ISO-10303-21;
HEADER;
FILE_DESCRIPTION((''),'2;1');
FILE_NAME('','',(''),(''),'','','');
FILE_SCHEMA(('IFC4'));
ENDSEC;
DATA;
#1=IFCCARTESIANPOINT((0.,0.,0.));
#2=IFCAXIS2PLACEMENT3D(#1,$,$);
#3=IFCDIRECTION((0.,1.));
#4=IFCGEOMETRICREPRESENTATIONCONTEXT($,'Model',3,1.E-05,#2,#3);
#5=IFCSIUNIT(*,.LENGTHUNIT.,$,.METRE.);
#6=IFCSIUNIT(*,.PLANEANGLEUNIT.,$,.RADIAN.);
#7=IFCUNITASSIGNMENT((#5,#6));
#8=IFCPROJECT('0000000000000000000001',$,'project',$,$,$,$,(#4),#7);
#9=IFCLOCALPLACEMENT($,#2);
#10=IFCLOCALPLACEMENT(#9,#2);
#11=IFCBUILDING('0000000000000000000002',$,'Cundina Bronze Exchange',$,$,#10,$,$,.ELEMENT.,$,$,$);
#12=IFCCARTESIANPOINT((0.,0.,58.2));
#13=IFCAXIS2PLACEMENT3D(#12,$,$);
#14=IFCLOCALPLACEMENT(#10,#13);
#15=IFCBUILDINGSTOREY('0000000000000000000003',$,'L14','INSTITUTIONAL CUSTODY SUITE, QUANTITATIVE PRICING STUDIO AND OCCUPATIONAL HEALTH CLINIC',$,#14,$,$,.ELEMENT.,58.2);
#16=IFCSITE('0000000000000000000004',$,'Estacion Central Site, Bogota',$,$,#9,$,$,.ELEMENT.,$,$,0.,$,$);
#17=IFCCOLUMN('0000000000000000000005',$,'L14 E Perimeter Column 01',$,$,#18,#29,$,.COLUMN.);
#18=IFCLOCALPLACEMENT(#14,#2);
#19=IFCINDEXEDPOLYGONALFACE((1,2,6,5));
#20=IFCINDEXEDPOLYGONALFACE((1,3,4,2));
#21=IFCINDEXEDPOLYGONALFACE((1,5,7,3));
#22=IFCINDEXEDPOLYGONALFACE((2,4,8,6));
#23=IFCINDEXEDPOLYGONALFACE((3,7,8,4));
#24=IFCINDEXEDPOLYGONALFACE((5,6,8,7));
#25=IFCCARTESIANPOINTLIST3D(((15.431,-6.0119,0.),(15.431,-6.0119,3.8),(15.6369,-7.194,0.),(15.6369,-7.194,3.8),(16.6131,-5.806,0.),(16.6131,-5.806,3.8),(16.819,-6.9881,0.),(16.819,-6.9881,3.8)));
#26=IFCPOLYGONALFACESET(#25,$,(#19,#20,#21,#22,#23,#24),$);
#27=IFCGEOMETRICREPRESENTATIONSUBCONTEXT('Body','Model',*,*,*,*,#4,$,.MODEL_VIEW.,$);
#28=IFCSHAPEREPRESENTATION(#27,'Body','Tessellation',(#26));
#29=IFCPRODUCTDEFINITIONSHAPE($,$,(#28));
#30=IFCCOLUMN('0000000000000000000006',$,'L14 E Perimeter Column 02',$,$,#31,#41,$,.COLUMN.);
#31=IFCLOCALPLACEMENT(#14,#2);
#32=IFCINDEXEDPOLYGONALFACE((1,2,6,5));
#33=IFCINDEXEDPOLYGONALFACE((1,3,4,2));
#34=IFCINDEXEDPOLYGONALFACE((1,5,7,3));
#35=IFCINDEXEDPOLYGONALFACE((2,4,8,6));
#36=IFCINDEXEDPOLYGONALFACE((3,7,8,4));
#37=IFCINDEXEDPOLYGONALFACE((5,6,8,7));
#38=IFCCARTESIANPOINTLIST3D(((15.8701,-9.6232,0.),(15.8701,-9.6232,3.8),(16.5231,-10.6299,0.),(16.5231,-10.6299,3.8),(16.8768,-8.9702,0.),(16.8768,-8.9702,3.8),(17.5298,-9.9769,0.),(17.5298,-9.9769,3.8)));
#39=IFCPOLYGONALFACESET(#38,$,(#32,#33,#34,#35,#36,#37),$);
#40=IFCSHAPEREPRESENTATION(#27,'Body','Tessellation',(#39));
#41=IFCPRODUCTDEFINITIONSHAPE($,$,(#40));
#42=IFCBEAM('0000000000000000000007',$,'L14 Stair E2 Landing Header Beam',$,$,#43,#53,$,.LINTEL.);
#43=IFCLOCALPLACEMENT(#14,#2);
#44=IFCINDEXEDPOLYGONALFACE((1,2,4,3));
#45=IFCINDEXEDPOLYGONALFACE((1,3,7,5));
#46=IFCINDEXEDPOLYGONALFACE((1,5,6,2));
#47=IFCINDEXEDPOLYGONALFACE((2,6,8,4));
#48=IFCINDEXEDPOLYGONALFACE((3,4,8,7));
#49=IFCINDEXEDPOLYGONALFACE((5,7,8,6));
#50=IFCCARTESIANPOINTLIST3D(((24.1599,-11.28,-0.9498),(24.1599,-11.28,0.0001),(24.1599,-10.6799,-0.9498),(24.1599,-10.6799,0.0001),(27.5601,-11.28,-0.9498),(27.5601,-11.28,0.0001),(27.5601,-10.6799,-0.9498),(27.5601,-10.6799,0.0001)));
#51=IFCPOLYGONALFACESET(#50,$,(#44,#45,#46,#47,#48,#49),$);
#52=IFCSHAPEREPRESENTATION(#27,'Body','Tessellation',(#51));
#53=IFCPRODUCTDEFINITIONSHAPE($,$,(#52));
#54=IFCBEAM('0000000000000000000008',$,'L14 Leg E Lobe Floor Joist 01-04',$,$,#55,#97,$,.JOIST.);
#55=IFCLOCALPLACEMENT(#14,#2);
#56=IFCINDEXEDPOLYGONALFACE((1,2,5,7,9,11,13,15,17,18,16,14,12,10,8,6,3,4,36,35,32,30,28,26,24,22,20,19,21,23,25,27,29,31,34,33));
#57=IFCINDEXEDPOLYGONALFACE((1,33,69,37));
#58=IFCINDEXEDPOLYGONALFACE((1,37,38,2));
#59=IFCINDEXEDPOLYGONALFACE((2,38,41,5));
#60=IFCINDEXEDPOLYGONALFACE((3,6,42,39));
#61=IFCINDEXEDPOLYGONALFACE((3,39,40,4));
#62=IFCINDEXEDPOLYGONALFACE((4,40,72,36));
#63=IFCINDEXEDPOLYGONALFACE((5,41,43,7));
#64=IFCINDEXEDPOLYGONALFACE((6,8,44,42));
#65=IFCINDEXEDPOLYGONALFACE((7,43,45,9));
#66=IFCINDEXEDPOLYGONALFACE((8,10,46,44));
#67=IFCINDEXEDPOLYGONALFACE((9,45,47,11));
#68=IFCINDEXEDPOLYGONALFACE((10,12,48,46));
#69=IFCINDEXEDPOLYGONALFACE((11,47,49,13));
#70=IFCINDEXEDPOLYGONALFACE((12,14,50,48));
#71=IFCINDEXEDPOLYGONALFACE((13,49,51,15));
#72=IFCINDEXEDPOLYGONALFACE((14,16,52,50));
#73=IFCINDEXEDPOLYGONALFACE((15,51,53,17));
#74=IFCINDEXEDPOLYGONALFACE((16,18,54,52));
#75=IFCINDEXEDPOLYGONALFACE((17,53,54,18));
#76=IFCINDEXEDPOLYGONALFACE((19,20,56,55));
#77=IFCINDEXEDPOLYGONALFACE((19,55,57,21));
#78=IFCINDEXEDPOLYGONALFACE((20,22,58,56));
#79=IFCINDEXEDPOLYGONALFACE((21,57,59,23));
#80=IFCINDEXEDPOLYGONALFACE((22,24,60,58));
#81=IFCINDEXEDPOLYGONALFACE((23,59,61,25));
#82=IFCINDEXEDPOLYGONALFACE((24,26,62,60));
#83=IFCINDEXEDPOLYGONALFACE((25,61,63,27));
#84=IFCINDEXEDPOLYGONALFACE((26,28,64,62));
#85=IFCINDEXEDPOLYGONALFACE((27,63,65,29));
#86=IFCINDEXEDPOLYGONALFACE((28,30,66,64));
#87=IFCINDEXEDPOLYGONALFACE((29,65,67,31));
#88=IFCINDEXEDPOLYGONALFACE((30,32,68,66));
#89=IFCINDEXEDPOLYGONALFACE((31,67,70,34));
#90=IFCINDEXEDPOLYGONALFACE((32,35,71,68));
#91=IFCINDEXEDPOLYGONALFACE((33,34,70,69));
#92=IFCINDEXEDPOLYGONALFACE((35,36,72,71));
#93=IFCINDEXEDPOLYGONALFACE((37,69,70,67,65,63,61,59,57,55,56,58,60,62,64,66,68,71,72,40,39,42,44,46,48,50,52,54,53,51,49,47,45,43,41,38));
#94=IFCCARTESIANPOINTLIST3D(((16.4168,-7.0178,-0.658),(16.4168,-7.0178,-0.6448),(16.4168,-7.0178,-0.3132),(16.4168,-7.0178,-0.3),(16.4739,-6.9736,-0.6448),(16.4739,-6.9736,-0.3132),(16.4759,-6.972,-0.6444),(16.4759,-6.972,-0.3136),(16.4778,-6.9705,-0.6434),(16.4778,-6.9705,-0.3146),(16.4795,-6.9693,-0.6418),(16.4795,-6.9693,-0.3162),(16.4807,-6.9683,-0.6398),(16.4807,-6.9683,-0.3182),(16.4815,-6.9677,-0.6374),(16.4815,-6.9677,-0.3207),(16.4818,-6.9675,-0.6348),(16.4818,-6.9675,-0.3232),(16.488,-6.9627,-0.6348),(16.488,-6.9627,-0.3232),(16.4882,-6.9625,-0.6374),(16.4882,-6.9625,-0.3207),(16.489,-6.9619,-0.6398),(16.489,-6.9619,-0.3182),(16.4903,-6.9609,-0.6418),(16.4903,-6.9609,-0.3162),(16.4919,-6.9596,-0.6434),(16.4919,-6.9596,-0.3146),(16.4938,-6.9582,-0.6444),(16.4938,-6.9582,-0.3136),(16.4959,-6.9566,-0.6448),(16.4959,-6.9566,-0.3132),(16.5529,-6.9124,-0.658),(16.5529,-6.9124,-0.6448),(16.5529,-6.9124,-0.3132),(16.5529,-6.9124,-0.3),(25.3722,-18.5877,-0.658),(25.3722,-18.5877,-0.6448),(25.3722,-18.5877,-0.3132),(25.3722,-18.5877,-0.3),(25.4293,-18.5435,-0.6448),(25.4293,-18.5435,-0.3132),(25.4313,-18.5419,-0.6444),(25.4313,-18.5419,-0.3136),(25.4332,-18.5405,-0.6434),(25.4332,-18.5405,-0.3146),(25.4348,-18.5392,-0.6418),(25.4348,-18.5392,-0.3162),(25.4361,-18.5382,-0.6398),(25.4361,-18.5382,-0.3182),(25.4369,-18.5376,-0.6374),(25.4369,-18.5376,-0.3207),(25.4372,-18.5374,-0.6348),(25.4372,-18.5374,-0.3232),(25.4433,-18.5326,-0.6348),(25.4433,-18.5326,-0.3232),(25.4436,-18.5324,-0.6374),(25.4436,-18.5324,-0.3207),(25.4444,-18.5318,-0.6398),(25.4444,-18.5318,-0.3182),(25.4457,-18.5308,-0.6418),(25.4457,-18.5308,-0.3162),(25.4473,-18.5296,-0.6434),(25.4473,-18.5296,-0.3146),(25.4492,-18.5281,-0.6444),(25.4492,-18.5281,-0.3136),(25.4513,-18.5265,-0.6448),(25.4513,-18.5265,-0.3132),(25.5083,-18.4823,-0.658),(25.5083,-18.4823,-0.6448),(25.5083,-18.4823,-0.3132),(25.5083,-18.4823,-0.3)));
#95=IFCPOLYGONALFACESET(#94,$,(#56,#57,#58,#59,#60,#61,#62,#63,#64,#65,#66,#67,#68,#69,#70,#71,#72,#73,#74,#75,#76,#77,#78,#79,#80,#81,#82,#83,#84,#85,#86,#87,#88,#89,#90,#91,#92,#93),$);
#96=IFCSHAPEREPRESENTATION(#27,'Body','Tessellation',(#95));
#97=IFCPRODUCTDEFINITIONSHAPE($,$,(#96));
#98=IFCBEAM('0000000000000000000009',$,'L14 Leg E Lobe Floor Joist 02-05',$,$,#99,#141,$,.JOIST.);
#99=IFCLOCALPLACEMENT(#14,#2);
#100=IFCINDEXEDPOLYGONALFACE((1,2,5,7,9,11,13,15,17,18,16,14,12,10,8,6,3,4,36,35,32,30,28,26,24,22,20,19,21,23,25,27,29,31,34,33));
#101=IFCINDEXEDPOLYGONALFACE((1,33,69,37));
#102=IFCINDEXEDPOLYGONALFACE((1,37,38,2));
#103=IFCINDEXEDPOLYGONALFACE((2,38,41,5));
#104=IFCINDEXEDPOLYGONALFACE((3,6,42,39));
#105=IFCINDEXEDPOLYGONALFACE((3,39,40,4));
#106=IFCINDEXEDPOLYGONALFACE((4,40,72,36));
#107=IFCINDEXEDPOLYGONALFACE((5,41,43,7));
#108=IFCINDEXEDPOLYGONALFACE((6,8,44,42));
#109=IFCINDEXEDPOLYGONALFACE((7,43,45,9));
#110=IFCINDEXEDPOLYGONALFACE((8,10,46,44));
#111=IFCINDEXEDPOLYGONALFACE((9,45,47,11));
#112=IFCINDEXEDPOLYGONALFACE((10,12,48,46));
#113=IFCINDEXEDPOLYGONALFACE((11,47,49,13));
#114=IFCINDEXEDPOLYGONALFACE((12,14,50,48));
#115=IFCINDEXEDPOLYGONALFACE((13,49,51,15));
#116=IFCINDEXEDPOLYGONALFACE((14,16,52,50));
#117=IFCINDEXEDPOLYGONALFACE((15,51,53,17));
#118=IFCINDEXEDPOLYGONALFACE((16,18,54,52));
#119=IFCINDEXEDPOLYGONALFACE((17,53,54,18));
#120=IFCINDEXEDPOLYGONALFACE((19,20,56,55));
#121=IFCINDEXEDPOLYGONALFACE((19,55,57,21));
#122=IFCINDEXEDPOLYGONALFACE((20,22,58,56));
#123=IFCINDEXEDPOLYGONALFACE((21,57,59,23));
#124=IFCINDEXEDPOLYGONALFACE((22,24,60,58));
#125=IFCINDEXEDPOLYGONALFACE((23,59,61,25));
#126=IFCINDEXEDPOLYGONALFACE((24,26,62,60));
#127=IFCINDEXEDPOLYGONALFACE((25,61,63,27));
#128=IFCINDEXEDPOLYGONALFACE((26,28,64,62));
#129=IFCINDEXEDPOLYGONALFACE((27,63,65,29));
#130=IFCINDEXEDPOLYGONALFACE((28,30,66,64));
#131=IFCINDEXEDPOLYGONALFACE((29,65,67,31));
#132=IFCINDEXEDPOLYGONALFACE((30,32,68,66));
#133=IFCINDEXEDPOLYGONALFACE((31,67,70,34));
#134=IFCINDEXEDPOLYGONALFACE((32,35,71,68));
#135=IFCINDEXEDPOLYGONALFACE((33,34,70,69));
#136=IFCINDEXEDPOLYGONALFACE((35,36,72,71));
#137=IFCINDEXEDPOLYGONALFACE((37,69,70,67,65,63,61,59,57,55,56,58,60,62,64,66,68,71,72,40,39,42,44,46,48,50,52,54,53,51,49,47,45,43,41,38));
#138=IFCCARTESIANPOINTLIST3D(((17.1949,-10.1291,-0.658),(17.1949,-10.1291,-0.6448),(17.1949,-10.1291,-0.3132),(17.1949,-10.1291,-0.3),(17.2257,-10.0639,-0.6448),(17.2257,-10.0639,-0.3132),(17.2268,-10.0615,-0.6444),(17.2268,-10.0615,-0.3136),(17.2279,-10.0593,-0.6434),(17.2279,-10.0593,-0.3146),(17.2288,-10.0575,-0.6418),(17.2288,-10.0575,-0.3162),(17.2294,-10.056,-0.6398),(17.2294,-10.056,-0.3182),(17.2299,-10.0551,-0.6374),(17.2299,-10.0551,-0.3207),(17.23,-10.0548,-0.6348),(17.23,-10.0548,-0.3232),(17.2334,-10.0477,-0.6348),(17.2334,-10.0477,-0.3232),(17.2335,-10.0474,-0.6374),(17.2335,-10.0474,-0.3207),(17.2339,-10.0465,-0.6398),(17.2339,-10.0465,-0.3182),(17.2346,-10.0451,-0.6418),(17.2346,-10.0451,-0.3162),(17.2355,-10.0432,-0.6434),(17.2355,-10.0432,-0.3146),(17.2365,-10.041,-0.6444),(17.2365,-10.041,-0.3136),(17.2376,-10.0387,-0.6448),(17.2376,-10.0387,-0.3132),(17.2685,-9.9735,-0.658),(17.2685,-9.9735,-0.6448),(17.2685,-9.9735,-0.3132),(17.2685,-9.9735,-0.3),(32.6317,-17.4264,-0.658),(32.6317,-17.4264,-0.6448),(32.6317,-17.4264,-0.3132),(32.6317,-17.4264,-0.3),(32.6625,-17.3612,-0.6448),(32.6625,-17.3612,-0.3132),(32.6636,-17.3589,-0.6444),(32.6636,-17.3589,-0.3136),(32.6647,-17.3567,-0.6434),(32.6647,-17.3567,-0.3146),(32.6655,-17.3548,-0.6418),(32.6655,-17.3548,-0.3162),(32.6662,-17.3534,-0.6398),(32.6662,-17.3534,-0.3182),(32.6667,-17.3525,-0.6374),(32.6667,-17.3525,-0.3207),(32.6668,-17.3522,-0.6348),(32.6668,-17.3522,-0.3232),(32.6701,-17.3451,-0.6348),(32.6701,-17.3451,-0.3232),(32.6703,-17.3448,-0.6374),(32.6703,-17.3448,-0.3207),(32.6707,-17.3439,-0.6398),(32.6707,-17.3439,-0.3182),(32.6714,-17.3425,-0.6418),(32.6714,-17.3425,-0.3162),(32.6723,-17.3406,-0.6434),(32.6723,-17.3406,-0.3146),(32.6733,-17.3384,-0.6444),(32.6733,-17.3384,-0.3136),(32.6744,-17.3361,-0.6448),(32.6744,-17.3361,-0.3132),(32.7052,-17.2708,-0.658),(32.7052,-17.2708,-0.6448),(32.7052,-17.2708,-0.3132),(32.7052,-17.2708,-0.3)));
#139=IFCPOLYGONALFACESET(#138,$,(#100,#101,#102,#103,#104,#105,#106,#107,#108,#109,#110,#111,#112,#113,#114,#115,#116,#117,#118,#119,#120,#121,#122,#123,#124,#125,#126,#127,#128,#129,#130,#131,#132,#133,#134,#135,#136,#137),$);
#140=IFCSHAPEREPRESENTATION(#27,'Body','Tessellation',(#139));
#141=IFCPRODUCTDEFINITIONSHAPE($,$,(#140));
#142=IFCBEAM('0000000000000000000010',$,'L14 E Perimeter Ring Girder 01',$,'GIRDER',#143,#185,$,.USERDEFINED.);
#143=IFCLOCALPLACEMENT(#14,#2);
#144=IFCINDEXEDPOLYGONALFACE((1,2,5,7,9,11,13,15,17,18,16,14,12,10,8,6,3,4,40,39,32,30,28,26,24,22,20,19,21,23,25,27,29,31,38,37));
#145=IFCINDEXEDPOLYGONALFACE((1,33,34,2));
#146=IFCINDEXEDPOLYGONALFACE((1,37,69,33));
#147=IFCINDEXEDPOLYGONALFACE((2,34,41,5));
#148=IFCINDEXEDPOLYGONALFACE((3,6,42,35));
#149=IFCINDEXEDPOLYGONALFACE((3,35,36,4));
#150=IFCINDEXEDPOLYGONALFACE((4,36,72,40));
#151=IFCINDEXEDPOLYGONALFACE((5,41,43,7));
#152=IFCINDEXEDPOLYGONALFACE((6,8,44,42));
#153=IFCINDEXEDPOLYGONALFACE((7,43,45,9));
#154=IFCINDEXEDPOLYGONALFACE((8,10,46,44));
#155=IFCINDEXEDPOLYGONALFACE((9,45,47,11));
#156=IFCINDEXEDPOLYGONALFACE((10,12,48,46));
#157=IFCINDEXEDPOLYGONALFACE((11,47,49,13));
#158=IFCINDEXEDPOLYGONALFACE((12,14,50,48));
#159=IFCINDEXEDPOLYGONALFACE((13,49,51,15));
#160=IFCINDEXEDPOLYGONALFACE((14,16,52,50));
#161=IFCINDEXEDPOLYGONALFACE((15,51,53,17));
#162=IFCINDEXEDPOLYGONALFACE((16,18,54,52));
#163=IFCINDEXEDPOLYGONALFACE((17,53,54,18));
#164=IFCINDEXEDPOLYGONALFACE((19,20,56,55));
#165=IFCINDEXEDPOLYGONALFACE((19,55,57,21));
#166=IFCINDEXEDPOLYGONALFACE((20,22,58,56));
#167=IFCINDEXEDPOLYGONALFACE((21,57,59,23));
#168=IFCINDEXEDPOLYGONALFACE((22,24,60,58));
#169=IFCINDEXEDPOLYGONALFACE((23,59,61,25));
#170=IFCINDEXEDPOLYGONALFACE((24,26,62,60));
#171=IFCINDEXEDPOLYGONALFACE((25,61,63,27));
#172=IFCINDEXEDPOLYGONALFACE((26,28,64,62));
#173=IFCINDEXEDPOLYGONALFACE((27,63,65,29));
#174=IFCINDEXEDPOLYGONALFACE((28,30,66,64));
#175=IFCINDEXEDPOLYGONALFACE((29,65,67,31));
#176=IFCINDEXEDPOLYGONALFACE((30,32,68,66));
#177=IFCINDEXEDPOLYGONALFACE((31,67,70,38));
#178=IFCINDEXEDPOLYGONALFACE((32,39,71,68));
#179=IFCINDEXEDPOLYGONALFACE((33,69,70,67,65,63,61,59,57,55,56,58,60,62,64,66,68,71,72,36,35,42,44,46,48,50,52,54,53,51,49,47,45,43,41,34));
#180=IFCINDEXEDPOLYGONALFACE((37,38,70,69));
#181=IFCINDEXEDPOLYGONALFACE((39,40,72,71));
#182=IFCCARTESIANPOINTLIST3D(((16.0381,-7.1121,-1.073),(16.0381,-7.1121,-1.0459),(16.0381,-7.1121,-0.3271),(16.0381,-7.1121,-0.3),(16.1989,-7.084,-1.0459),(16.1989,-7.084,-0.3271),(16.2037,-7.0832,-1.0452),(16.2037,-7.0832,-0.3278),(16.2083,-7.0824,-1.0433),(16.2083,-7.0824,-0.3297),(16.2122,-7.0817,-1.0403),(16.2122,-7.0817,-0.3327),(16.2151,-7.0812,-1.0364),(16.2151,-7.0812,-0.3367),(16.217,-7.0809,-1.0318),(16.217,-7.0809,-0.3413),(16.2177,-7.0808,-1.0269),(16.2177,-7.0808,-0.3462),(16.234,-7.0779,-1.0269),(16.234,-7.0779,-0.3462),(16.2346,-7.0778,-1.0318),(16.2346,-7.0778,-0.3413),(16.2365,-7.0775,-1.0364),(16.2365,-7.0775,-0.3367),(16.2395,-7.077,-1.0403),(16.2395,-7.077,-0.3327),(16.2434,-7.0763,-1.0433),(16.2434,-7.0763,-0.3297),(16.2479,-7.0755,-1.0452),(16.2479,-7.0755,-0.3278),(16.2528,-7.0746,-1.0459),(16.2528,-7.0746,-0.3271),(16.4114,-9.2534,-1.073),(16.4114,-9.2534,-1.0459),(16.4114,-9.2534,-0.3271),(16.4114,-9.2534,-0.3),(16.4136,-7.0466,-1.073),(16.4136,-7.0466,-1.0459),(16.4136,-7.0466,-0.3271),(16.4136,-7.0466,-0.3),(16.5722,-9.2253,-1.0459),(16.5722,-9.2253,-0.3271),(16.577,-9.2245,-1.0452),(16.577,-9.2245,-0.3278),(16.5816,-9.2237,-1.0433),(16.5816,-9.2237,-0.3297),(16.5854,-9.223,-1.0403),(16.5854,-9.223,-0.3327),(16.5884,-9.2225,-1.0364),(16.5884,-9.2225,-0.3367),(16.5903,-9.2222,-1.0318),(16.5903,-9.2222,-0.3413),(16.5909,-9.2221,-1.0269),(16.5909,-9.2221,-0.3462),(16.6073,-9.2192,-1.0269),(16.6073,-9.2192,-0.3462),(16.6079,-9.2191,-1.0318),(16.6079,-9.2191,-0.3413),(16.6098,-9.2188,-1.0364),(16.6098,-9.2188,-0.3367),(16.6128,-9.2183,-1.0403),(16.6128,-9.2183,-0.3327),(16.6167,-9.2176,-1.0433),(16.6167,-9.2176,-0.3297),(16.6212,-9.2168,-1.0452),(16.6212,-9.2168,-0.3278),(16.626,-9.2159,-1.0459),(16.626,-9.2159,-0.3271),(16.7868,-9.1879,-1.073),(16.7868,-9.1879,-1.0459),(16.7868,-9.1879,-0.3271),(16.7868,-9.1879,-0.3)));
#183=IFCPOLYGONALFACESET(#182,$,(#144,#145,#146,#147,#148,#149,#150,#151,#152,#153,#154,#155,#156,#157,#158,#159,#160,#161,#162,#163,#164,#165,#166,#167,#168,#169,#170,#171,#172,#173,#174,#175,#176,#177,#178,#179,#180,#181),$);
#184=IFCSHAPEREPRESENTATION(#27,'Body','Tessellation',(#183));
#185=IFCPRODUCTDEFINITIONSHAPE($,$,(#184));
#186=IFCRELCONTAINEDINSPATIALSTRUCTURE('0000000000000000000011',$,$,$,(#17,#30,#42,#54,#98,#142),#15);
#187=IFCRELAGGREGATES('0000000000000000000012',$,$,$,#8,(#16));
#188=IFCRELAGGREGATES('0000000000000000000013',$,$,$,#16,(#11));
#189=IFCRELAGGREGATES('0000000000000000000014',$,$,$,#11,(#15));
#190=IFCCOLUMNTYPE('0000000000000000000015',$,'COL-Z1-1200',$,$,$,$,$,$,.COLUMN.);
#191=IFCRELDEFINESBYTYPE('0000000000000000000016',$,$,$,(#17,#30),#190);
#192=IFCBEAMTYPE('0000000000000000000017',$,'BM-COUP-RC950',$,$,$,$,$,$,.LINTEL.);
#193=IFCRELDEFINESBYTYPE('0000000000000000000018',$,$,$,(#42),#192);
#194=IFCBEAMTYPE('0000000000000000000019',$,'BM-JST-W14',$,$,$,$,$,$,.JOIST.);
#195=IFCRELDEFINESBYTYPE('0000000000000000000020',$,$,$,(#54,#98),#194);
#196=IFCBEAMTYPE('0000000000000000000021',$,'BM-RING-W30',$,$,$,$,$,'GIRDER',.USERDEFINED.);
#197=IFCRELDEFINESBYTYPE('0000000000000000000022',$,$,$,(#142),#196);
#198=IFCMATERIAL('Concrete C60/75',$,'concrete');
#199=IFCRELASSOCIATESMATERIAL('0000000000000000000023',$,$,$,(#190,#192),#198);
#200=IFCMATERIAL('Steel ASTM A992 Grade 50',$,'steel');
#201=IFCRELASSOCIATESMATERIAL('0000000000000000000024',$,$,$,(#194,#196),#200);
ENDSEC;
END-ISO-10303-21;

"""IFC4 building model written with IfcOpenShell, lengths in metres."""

from ifc_helpers import new_model, si_unit, direction, frame, origin, origin_2d, place, context, subcontext, project, spatial, rectangle, i_section, extrude, material, material_profile, profile_set, type_object, element, save


model = new_model("IFC4")

# Units and contexts
model_context = context("Model", 3, precision=1e-05, world=origin(), true_north=direction((0.0, 1.0)))
body_context = subcontext(model_context, "Body", "Model", "MODEL_VIEW")
ifc_project = project(units=[si_unit("LENGTHUNIT", "METRE"), si_unit("PLANEANGLEUNIT", "RADIAN")], contexts=[model_context])

# Site, building, storey
site_placement = place(None, origin())
site = spatial("IfcSite", under=ifc_project, at=site_placement, Name="Estacion Central Site, Bogota", CompositionType="ELEMENT", RefElevation=0.0)
building_placement = place(site_placement, origin())
building = spatial("IfcBuilding", under=site, at=building_placement, Name="Cundina Bronze Exchange", CompositionType="ELEMENT")
storey_placement = place(building_placement, frame((0.0, 0.0, 58.2)))
storey = spatial("IfcBuildingStorey", under=building, at=storey_placement, Name="L14", Description="INSTITUTIONAL CUSTODY SUITE, QUANTITATIVE PRICING STUDIO AND OCCUPATIONAL HEALTH CLINIC", CompositionType="ELEMENT", Elevation=58.2)

# Columns
ifc_material_1 = material(Name="Concrete C60/75", Category="concrete")
ifc_material_profile_1 = material_profile(ifc_material_1, rectangle(XDim=1.2, YDim=1.2, at=origin_2d()), Name="RC1200X1200", Category="concrete")
ifc_profile_set_1 = profile_set([ifc_material_profile_1], Name="Concrete C60/75")
column_type = type_object("IfcColumnType", Name="COL-Z1-1200", PredefinedType="COLUMN", material=ifc_profile_set_1)
for number, where, z_axis, x_axis, name in (
    (1, (16.125, -6.5, 0.0), (0.0, 0.0, 1.0), (0.171585, -0.985169, 0.0), "L14 E Perimeter Column 01"),
    (2, (16.7, -9.8, 0.0), (0.0, 0.0, 1.0), (0.5442, -0.838956, 0.0), "L14 E Perimeter Column 02"),
):
    element("IfcColumn", number, at=place(storey_placement, frame(where, z_axis=z_axis, x_axis=x_axis)), inside=storey, type_object=column_type, Name=name, PredefinedType="COLUMN", context=body_context, shape_type="SweptSolid", body=[
        extrude(rectangle(XDim=1.2, YDim=1.2, at=origin_2d()), origin(), (0.0, 0.0, 1.0), 3.8),
    ])

# Beams
ifc_material_profile_2 = material_profile(ifc_material_1, rectangle(XDim=0.6001, YDim=0.95, at=origin_2d()), Name="RC600X950", Category="concrete")
ifc_profile_set_2 = profile_set([ifc_material_profile_2], Name="Concrete C60/75")
beam_type_1 = type_object("IfcBeamType", Name="BM-COUP-RC950", PredefinedType="LINTEL", material=ifc_profile_set_2)
beam_1_placement = place(storey_placement, frame((24.1599, -10.98, -0.4749), z_axis=(1.0, 0.0, 0.0), x_axis=(0.0, 1.0, 0.0)))
element("IfcBeam", 3, at=beam_1_placement, inside=storey, type_object=beam_type_1, Name="L14 Stair E2 Landing Header Beam", PredefinedType="LINTEL", context=body_context, shape_type="SweptSolid", body=[
    extrude(rectangle(XDim=0.6001, YDim=0.95, at=origin_2d()), origin(), (0.0, 0.0, 1.0), 3.4001),
])
ifc_material_2 = material(Name="Steel ASTM A992 Grade 50", Category="steel")
ifc_material_profile_3 = material_profile(ifc_material_2, i_section(OverallWidth=0.1721, OverallDepth=0.3579, WebThickness=0.0078, FlangeThickness=0.0132, FilletRadius=0.01, at=origin_2d()), Name="W14X38", Category="steel")
ifc_profile_set_3 = profile_set([ifc_material_profile_3], Name="Steel ASTM A992 Grade 50")
beam_type_2 = type_object("IfcBeamType", Name="BM-JST-W14", PredefinedType="JOIST", material=ifc_profile_set_3)
beam_2_placement = place(storey_placement, frame((16.4849, -6.9651, -0.479), z_axis=(0.612089, -0.790789, 0.0), x_axis=(0.790789, 0.612089, 0.0)))
element("IfcBeam", 4, at=beam_2_placement, inside=storey, type_object=beam_type_2, Name="L14 Leg E Lobe Floor Joist 01-04", PredefinedType="JOIST", context=body_context, shape_type="SweptSolid", body=[
    extrude(i_section(OverallWidth=0.1721, OverallDepth=0.3579, WebThickness=0.0078, FlangeThickness=0.0132, FilletRadius=0.01, at=origin_2d()), origin(), (0.0, 0.0, 1.0), 14.6309),
])
beam_3_placement = place(storey_placement, frame((17.2317, -10.0513, -0.479), z_axis=(0.904073, -0.427379, 0.0), x_axis=(0.427379, 0.904073, 0.0)))
element("IfcBeam", 5, at=beam_3_placement, inside=storey, type_object=beam_type_2, Name="L14 Leg E Lobe Floor Joist 02-05", PredefinedType="JOIST", context=body_context, shape_type="SweptSolid", body=[
    extrude(i_section(OverallWidth=0.1721, OverallDepth=0.3579, WebThickness=0.0078, FlangeThickness=0.0132, FilletRadius=0.01, at=origin_2d()), origin(), (0.0, 0.0, 1.0), 17.0747),
])
ifc_material_profile_4 = material_profile(ifc_material_2, i_section(OverallWidth=0.3811, OverallDepth=0.7729, WebThickness=0.0166, FlangeThickness=0.0271, FilletRadius=0.019, at=origin_2d()), Name="W30X173", Category="steel")
ifc_profile_set_4 = profile_set([ifc_material_profile_4], Name="Steel ASTM A992 Grade 50")
beam_type_3 = type_object("IfcBeamType", Name="BM-RING-W30", ElementType="GIRDER", PredefinedType="USERDEFINED", material=ifc_profile_set_4)
beam_4_placement = place(storey_placement, frame((16.2258, -7.0793, -0.6865), z_axis=(0.171735, -0.985143, 0.0), x_axis=(0.985143, 0.171735, 0.0)))
element("IfcBeam", 6, at=beam_4_placement, inside=storey, type_object=beam_type_3, Name="L14 E Perimeter Ring Girder 01", ObjectType="GIRDER", PredefinedType="USERDEFINED", context=body_context, shape_type="SweptSolid", body=[
    extrude(i_section(OverallWidth=0.3811, OverallDepth=0.7729, WebThickness=0.0166, FlangeThickness=0.0271, FilletRadius=0.019, at=origin_2d()), origin(), (0.0, 0.0, 1.0), 2.1736),
])

save(model, "model.ifc")
